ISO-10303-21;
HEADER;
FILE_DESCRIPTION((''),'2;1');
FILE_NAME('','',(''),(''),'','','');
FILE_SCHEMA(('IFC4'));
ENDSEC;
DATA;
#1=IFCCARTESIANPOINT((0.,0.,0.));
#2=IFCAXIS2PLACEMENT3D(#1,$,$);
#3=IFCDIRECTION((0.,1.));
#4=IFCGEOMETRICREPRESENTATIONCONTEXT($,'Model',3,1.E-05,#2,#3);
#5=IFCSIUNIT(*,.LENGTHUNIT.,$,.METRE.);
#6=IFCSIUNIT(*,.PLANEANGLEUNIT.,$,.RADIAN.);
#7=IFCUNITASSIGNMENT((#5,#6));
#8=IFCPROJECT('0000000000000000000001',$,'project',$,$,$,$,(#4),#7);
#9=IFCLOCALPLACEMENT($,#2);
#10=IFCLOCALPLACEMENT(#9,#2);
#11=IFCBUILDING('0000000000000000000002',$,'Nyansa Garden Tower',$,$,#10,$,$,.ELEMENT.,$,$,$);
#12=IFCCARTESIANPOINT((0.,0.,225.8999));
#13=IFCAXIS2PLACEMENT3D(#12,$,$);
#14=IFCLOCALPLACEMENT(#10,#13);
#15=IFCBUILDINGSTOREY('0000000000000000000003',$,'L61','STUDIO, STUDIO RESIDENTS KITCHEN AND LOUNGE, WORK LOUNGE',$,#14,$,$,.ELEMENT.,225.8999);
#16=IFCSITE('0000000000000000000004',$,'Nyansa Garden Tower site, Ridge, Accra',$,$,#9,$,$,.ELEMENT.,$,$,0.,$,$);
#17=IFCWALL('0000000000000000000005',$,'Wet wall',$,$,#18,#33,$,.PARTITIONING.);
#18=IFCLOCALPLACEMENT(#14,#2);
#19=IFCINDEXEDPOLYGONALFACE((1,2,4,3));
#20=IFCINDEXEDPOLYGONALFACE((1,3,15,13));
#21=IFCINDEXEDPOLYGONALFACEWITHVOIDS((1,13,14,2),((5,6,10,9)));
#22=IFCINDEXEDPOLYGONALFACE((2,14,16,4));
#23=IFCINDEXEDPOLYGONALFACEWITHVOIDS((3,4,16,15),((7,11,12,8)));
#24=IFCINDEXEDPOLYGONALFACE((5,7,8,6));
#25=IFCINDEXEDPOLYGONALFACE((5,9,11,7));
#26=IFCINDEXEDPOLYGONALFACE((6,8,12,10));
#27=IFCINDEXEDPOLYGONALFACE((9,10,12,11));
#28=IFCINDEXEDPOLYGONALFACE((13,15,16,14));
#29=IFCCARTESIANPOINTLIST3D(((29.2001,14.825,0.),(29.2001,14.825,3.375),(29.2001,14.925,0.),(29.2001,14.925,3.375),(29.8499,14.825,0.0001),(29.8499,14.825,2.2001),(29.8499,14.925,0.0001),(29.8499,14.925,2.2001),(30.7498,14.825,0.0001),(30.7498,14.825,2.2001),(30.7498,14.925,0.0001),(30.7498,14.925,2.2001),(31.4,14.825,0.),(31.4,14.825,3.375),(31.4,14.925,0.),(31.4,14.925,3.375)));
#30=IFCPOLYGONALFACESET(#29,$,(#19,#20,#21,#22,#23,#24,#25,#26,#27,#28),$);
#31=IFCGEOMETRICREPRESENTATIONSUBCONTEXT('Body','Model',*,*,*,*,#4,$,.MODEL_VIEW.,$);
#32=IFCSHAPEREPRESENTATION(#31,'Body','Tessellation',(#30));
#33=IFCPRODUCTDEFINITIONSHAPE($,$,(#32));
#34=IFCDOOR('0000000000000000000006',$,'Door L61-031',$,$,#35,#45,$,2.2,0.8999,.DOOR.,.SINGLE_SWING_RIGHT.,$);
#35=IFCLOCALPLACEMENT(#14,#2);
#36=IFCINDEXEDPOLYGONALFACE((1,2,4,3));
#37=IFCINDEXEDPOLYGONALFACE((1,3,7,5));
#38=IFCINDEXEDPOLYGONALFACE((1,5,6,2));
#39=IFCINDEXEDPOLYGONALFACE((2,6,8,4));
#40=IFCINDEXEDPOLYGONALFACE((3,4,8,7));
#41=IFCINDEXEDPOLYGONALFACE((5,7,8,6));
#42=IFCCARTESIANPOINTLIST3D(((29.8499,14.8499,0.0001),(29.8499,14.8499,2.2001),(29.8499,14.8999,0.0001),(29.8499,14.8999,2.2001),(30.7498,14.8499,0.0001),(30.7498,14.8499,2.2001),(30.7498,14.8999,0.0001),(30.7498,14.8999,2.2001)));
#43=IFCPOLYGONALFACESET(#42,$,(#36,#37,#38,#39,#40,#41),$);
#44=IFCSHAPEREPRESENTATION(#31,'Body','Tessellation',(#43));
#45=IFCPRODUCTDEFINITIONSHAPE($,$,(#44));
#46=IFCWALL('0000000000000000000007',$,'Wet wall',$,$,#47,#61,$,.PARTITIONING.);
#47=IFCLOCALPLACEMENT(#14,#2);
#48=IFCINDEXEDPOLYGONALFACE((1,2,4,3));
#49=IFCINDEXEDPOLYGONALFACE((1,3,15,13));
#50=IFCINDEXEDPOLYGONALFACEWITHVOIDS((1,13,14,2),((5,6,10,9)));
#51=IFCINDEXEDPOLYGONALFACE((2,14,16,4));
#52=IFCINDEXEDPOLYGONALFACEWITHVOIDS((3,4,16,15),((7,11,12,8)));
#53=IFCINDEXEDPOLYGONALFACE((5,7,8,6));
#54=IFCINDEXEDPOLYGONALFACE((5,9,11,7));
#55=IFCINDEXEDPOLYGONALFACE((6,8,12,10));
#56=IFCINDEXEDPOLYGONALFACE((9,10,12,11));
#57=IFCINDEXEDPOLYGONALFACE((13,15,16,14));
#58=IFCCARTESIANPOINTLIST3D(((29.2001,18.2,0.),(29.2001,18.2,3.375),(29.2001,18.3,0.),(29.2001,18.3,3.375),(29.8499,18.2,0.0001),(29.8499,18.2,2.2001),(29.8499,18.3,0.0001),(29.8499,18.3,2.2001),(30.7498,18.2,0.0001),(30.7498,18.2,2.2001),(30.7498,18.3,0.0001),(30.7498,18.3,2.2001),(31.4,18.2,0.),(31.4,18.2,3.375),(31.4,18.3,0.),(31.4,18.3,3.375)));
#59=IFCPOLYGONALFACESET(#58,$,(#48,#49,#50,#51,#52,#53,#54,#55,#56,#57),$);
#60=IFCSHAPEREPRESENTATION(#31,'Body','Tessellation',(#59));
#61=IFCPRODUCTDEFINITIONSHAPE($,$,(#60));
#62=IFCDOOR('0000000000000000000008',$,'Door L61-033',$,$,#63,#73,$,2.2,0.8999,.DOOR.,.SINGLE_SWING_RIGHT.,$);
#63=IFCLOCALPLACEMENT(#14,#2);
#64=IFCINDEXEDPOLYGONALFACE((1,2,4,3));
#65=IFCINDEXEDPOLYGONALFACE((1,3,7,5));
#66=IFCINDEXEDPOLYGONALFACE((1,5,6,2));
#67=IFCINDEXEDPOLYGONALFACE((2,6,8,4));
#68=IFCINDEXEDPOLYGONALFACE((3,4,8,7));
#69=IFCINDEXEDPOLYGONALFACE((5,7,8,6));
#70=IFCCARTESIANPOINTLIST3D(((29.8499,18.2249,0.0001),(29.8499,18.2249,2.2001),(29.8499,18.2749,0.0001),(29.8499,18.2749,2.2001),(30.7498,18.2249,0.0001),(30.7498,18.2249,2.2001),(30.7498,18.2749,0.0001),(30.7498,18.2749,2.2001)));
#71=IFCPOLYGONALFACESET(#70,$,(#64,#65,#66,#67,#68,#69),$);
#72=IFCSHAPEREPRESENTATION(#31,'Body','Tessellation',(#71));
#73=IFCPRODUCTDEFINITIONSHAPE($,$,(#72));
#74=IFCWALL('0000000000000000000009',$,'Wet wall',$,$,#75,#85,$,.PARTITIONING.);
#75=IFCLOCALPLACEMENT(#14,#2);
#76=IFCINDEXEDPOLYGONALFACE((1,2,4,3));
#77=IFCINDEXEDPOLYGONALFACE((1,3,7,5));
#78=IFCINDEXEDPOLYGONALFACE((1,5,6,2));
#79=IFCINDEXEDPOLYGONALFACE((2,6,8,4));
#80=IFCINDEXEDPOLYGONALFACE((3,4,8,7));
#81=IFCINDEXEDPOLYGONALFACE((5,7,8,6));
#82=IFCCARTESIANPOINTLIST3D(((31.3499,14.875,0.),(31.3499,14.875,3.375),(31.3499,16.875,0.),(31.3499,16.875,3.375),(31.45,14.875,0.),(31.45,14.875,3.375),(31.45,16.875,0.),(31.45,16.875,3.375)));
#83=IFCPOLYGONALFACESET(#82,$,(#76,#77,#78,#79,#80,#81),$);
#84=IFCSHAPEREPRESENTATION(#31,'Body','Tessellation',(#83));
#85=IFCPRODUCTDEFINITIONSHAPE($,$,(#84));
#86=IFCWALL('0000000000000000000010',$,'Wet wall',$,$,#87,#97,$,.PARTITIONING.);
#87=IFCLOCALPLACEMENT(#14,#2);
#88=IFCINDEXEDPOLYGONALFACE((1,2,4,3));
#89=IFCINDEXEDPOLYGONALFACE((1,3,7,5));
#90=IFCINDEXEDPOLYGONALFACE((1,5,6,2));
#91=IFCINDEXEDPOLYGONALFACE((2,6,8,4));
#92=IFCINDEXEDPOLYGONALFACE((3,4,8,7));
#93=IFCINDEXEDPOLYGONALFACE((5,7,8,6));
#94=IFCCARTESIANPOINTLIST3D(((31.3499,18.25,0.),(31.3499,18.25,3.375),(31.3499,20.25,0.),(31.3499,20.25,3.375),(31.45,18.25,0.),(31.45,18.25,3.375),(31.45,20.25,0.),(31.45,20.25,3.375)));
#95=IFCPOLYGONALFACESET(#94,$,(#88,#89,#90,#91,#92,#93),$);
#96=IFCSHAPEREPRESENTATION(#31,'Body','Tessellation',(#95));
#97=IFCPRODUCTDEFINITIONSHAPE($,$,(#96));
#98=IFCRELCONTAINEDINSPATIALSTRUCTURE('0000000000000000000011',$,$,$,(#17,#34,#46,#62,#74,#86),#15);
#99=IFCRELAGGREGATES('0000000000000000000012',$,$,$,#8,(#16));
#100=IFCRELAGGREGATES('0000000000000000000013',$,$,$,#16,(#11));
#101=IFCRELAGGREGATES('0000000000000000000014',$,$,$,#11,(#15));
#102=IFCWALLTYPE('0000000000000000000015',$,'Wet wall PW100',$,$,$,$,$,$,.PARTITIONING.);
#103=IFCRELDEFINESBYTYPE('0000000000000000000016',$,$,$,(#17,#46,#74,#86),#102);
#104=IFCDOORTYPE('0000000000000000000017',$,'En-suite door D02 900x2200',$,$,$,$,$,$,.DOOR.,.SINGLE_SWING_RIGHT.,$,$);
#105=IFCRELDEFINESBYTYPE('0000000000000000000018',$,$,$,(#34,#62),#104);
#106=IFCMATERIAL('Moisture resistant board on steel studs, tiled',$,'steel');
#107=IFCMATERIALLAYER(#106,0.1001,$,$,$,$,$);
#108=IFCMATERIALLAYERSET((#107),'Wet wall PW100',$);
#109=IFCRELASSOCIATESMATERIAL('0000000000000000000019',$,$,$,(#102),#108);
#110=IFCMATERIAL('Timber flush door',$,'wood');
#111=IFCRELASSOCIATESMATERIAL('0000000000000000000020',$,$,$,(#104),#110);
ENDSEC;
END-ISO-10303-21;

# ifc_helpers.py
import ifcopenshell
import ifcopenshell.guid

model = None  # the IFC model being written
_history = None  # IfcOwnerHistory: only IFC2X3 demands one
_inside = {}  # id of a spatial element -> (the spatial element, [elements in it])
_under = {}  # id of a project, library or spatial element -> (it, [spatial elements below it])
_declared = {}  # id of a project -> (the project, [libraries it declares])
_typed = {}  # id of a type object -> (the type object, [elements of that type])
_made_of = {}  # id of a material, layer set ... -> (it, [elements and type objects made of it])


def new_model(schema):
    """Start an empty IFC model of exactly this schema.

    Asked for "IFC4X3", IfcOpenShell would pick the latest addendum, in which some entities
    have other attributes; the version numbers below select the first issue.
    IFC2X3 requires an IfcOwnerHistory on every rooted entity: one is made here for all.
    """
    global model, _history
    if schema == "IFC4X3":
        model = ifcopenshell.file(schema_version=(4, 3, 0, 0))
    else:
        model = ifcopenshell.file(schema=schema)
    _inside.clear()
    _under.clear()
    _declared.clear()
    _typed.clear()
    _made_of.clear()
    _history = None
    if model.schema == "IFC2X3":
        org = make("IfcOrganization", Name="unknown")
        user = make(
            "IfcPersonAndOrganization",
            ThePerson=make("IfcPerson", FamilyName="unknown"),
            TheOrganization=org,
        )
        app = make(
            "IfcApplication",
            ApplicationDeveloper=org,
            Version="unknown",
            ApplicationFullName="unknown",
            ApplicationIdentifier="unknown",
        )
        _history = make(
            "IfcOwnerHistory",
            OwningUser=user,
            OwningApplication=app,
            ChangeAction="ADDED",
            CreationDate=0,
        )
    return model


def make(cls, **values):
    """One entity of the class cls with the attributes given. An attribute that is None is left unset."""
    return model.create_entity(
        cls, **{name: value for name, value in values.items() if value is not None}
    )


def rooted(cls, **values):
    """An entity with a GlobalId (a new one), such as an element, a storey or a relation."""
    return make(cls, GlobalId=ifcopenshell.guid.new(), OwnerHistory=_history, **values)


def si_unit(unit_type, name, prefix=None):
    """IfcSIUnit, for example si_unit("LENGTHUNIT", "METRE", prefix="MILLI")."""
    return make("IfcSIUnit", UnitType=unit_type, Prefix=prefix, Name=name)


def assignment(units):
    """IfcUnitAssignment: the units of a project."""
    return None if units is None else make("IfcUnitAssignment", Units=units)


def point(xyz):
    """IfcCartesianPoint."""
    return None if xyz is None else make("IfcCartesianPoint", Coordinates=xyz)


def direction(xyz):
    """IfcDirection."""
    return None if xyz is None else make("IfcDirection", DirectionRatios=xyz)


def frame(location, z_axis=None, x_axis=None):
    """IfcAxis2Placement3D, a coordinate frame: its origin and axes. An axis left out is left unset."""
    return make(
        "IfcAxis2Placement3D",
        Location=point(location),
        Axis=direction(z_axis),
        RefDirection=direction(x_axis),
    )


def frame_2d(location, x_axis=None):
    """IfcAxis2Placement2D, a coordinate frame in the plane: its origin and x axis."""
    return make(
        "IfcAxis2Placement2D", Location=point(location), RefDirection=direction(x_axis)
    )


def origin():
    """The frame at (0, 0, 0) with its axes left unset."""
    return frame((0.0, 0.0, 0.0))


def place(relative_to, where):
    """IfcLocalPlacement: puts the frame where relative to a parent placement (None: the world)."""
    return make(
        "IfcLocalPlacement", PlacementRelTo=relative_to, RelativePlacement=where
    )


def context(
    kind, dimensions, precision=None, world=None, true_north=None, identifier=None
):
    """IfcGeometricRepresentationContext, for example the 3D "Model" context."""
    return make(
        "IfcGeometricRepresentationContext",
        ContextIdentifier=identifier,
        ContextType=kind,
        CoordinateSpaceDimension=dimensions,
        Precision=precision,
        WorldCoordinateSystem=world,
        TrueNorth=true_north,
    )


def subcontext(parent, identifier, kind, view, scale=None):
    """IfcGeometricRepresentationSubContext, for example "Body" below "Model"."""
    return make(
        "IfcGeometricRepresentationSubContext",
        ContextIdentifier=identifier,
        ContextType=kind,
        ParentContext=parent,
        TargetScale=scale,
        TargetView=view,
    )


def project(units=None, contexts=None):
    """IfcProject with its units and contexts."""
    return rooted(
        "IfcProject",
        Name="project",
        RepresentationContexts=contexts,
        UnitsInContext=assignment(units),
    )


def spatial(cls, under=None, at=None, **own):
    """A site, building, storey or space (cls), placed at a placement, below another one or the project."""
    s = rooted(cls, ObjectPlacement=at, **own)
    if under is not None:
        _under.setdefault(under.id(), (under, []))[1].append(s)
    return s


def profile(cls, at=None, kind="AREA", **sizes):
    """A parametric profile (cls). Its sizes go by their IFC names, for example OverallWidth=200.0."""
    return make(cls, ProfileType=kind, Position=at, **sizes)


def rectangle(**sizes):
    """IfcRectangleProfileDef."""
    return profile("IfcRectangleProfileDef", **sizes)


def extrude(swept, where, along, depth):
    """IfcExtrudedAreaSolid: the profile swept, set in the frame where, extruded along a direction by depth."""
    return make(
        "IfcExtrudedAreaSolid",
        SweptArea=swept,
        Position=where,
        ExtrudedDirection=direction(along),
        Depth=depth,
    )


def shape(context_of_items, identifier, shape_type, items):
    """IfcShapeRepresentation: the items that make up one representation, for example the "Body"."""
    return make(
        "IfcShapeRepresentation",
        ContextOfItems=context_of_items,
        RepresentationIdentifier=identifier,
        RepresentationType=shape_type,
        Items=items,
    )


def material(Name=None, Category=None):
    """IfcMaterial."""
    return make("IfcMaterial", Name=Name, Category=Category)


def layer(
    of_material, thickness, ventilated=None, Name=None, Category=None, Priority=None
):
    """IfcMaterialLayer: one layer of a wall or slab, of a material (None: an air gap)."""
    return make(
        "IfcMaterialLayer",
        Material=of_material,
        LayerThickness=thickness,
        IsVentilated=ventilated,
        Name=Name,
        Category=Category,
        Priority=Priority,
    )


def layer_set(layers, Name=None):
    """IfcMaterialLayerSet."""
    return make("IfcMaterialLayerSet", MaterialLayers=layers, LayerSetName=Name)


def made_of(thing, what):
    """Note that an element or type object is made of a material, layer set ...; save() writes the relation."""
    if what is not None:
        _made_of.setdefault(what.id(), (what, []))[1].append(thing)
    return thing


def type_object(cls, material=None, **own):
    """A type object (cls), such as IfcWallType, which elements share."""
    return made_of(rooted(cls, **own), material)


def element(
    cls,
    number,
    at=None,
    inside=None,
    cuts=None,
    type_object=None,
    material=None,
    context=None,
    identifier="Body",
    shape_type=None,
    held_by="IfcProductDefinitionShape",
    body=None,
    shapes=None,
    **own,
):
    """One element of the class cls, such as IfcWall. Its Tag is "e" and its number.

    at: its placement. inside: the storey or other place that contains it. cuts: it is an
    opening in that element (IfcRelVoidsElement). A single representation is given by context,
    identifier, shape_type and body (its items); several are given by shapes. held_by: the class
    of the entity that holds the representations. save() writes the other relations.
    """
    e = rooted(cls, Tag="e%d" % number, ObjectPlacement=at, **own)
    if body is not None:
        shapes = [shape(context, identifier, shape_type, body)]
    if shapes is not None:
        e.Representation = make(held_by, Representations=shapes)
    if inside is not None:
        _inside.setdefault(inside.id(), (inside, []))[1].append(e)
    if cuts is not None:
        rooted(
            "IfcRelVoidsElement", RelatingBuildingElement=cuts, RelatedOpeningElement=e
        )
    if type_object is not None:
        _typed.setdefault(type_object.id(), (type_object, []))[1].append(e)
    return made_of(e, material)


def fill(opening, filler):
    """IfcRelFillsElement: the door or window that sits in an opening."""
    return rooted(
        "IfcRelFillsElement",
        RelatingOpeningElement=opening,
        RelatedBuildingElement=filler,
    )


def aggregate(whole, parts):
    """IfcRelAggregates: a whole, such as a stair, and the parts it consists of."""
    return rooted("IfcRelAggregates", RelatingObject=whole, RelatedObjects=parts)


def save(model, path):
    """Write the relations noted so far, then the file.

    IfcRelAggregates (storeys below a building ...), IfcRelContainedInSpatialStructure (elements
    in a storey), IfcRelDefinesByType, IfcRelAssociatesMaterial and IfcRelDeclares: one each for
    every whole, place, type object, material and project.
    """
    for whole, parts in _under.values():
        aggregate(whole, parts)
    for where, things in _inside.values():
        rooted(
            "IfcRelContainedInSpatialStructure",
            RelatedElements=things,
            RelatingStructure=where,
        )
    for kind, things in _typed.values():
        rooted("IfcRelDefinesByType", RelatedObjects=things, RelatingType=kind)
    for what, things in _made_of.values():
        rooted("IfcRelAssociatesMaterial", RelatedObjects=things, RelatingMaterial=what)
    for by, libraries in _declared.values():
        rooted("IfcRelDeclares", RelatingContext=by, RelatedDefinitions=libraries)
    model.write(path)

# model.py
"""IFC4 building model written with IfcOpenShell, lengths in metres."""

from ifc_helpers import new_model, si_unit, direction, frame, frame_2d, origin, place, context, subcontext, project, spatial, rectangle, extrude, material, layer, layer_set, type_object, element, fill, save


model = new_model("IFC4")

# Units and contexts
model_context = context("Model", 3, precision=1e-05, world=origin(), true_north=direction((0.0, 1.0)))
body_context = subcontext(model_context, "Body", "Model", "MODEL_VIEW")
ifc_project = project(units=[si_unit("LENGTHUNIT", "METRE"), si_unit("PLANEANGLEUNIT", "RADIAN")], contexts=[model_context])

# Site, building, storey
site_placement = place(None, origin())
site = spatial("IfcSite", under=ifc_project, at=site_placement, Name="Nyansa Garden Tower site, Ridge, Accra", CompositionType="ELEMENT", RefElevation=0.0)
building_placement = place(site_placement, origin())
building = spatial("IfcBuilding", under=site, at=building_placement, Name="Nyansa Garden Tower", CompositionType="ELEMENT")
storey_placement = place(building_placement, frame((0.0, 0.0, 225.8999)))
storey = spatial("IfcBuildingStorey", under=building, at=storey_placement, Name="L61", Description="STUDIO, STUDIO RESIDENTS KITCHEN AND LOUNGE, WORK LOUNGE", CompositionType="ELEMENT", Elevation=225.8999)

# Walls, openings, doors
ifc_material_1 = material(Name="Moisture resistant board on steel studs, tiled", Category="steel")
ifc_layer_1 = layer(ifc_material_1, 0.1001)
ifc_layer_set_1 = layer_set([ifc_layer_1], Name="Wet wall PW100")
wall_type_1 = type_object("IfcWallType", Name="Wet wall PW100", PredefinedType="PARTITIONING", material=ifc_layer_set_1)
wall_1_placement = place(storey_placement, frame((29.2, 14.875, 0.0), z_axis=(0.0, 0.0, 1.0), x_axis=(1.0, 0.0, 0.0)))
wall_1 = element("IfcWall", 1, at=wall_1_placement, inside=storey, type_object=wall_type_1, Name="Wet wall", PredefinedType="PARTITIONING", context=body_context, shape_type="SweptSolid", body=[
    extrude(rectangle(XDim=2.2, YDim=0.1001, at=frame_2d((1.1001, 0.0))), origin(), (0.0, 0.0, 1.0), 3.375),
])
opening_1_placement = place(wall_1_placement, frame((0.6499, 0.0, 0.0)))
opening_1 = element("IfcOpeningElement", 2, at=opening_1_placement, cuts=wall_1, PredefinedType="OPENING", context=body_context, shape_type="SweptSolid", body=[
    extrude(rectangle(XDim=0.8999, YDim=2.2, at=frame_2d((0.45, 1.1001))), frame((0.0, 0.0601, 0.0), z_axis=(0.0, -1.0, 0.0), x_axis=(1.0, 0.0, 0.0)), (0.0, 0.0, 1.0), 0.1201),
])
ifc_material_2 = material(Name="Timber flush door", Category="wood")
door_type_1 = type_object("IfcDoorType", Name="En-suite door D02 900x2200", OperationType="SINGLE_SWING_RIGHT", PredefinedType="DOOR", material=ifc_material_2)
door_1_placement = place(opening_1_placement, origin())
door_1 = element("IfcDoor", 3, at=door_1_placement, inside=storey, type_object=door_type_1, Name="Door L61-031", OperationType="SINGLE_SWING_RIGHT", OverallHeight=2.2, OverallWidth=0.8999, PredefinedType="DOOR", context=body_context, shape_type="SweptSolid", body=[
    extrude(rectangle(XDim=0.8999, YDim=2.2, at=frame_2d((0.45, 1.1001))), frame((0.0, 0.0249, 0.0), z_axis=(0.0, -1.0, 0.0), x_axis=(1.0, 0.0, 0.0)), (0.0, 0.0, 1.0), 0.05),
])
fill(opening_1, door_1)
wall_2_placement = place(storey_placement, frame((29.2, 18.25, 0.0), z_axis=(0.0, 0.0, 1.0), x_axis=(1.0, 0.0, 0.0)))
wall_2 = element("IfcWall", 4, at=wall_2_placement, inside=storey, type_object=wall_type_1, Name="Wet wall", PredefinedType="PARTITIONING", context=body_context, shape_type="SweptSolid", body=[
    extrude(rectangle(XDim=2.2, YDim=0.1001, at=frame_2d((1.1001, 0.0))), origin(), (0.0, 0.0, 1.0), 3.375),
])
opening_2_placement = place(wall_2_placement, frame((0.6499, 0.0, 0.0)))
opening_2 = element("IfcOpeningElement", 5, at=opening_2_placement, cuts=wall_2, PredefinedType="OPENING", context=body_context, shape_type="SweptSolid", body=[
    extrude(rectangle(XDim=0.8999, YDim=2.2, at=frame_2d((0.45, 1.1001))), frame((0.0, 0.0601, 0.0), z_axis=(0.0, -1.0, 0.0), x_axis=(1.0, 0.0, 0.0)), (0.0, 0.0, 1.0), 0.1201),
])
door_2_placement = place(opening_2_placement, origin())
door_2 = element("IfcDoor", 6, at=door_2_placement, inside=storey, type_object=door_type_1, Name="Door L61-033", OperationType="SINGLE_SWING_RIGHT", OverallHeight=2.2, OverallWidth=0.8999, PredefinedType="DOOR", context=body_context, shape_type="SweptSolid", body=[
    extrude(rectangle(XDim=0.8999, YDim=2.2, at=frame_2d((0.45, 1.1001))), frame((0.0, 0.0249, 0.0), z_axis=(0.0, -1.0, 0.0), x_axis=(1.0, 0.0, 0.0)), (0.0, 0.0, 1.0), 0.05),
])
fill(opening_2, door_2)

# Walls
for number, where, z_axis, x_axis, name in (
    (7, (31.3999, 14.875, 0.0), (0.0, 0.0, 1.0), (0.0, 1.0, 0.0), "Wet wall"),
    (8, (31.3999, 18.25, 0.0), (0.0, 0.0, 1.0), (0.0, 1.0, 0.0), "Wet wall"),
):
    element("IfcWall", number, at=place(storey_placement, frame(where, z_axis=z_axis, x_axis=x_axis)), inside=storey, type_object=wall_type_1, Name=name, PredefinedType="PARTITIONING", context=body_context, shape_type="SweptSolid", body=[
        extrude(rectangle(XDim=2.0, YDim=0.1001, at=frame_2d((1.0, 0.0))), origin(), (0.0, 0.0, 1.0), 3.375),
    ])

save(model, "model.ifc")
